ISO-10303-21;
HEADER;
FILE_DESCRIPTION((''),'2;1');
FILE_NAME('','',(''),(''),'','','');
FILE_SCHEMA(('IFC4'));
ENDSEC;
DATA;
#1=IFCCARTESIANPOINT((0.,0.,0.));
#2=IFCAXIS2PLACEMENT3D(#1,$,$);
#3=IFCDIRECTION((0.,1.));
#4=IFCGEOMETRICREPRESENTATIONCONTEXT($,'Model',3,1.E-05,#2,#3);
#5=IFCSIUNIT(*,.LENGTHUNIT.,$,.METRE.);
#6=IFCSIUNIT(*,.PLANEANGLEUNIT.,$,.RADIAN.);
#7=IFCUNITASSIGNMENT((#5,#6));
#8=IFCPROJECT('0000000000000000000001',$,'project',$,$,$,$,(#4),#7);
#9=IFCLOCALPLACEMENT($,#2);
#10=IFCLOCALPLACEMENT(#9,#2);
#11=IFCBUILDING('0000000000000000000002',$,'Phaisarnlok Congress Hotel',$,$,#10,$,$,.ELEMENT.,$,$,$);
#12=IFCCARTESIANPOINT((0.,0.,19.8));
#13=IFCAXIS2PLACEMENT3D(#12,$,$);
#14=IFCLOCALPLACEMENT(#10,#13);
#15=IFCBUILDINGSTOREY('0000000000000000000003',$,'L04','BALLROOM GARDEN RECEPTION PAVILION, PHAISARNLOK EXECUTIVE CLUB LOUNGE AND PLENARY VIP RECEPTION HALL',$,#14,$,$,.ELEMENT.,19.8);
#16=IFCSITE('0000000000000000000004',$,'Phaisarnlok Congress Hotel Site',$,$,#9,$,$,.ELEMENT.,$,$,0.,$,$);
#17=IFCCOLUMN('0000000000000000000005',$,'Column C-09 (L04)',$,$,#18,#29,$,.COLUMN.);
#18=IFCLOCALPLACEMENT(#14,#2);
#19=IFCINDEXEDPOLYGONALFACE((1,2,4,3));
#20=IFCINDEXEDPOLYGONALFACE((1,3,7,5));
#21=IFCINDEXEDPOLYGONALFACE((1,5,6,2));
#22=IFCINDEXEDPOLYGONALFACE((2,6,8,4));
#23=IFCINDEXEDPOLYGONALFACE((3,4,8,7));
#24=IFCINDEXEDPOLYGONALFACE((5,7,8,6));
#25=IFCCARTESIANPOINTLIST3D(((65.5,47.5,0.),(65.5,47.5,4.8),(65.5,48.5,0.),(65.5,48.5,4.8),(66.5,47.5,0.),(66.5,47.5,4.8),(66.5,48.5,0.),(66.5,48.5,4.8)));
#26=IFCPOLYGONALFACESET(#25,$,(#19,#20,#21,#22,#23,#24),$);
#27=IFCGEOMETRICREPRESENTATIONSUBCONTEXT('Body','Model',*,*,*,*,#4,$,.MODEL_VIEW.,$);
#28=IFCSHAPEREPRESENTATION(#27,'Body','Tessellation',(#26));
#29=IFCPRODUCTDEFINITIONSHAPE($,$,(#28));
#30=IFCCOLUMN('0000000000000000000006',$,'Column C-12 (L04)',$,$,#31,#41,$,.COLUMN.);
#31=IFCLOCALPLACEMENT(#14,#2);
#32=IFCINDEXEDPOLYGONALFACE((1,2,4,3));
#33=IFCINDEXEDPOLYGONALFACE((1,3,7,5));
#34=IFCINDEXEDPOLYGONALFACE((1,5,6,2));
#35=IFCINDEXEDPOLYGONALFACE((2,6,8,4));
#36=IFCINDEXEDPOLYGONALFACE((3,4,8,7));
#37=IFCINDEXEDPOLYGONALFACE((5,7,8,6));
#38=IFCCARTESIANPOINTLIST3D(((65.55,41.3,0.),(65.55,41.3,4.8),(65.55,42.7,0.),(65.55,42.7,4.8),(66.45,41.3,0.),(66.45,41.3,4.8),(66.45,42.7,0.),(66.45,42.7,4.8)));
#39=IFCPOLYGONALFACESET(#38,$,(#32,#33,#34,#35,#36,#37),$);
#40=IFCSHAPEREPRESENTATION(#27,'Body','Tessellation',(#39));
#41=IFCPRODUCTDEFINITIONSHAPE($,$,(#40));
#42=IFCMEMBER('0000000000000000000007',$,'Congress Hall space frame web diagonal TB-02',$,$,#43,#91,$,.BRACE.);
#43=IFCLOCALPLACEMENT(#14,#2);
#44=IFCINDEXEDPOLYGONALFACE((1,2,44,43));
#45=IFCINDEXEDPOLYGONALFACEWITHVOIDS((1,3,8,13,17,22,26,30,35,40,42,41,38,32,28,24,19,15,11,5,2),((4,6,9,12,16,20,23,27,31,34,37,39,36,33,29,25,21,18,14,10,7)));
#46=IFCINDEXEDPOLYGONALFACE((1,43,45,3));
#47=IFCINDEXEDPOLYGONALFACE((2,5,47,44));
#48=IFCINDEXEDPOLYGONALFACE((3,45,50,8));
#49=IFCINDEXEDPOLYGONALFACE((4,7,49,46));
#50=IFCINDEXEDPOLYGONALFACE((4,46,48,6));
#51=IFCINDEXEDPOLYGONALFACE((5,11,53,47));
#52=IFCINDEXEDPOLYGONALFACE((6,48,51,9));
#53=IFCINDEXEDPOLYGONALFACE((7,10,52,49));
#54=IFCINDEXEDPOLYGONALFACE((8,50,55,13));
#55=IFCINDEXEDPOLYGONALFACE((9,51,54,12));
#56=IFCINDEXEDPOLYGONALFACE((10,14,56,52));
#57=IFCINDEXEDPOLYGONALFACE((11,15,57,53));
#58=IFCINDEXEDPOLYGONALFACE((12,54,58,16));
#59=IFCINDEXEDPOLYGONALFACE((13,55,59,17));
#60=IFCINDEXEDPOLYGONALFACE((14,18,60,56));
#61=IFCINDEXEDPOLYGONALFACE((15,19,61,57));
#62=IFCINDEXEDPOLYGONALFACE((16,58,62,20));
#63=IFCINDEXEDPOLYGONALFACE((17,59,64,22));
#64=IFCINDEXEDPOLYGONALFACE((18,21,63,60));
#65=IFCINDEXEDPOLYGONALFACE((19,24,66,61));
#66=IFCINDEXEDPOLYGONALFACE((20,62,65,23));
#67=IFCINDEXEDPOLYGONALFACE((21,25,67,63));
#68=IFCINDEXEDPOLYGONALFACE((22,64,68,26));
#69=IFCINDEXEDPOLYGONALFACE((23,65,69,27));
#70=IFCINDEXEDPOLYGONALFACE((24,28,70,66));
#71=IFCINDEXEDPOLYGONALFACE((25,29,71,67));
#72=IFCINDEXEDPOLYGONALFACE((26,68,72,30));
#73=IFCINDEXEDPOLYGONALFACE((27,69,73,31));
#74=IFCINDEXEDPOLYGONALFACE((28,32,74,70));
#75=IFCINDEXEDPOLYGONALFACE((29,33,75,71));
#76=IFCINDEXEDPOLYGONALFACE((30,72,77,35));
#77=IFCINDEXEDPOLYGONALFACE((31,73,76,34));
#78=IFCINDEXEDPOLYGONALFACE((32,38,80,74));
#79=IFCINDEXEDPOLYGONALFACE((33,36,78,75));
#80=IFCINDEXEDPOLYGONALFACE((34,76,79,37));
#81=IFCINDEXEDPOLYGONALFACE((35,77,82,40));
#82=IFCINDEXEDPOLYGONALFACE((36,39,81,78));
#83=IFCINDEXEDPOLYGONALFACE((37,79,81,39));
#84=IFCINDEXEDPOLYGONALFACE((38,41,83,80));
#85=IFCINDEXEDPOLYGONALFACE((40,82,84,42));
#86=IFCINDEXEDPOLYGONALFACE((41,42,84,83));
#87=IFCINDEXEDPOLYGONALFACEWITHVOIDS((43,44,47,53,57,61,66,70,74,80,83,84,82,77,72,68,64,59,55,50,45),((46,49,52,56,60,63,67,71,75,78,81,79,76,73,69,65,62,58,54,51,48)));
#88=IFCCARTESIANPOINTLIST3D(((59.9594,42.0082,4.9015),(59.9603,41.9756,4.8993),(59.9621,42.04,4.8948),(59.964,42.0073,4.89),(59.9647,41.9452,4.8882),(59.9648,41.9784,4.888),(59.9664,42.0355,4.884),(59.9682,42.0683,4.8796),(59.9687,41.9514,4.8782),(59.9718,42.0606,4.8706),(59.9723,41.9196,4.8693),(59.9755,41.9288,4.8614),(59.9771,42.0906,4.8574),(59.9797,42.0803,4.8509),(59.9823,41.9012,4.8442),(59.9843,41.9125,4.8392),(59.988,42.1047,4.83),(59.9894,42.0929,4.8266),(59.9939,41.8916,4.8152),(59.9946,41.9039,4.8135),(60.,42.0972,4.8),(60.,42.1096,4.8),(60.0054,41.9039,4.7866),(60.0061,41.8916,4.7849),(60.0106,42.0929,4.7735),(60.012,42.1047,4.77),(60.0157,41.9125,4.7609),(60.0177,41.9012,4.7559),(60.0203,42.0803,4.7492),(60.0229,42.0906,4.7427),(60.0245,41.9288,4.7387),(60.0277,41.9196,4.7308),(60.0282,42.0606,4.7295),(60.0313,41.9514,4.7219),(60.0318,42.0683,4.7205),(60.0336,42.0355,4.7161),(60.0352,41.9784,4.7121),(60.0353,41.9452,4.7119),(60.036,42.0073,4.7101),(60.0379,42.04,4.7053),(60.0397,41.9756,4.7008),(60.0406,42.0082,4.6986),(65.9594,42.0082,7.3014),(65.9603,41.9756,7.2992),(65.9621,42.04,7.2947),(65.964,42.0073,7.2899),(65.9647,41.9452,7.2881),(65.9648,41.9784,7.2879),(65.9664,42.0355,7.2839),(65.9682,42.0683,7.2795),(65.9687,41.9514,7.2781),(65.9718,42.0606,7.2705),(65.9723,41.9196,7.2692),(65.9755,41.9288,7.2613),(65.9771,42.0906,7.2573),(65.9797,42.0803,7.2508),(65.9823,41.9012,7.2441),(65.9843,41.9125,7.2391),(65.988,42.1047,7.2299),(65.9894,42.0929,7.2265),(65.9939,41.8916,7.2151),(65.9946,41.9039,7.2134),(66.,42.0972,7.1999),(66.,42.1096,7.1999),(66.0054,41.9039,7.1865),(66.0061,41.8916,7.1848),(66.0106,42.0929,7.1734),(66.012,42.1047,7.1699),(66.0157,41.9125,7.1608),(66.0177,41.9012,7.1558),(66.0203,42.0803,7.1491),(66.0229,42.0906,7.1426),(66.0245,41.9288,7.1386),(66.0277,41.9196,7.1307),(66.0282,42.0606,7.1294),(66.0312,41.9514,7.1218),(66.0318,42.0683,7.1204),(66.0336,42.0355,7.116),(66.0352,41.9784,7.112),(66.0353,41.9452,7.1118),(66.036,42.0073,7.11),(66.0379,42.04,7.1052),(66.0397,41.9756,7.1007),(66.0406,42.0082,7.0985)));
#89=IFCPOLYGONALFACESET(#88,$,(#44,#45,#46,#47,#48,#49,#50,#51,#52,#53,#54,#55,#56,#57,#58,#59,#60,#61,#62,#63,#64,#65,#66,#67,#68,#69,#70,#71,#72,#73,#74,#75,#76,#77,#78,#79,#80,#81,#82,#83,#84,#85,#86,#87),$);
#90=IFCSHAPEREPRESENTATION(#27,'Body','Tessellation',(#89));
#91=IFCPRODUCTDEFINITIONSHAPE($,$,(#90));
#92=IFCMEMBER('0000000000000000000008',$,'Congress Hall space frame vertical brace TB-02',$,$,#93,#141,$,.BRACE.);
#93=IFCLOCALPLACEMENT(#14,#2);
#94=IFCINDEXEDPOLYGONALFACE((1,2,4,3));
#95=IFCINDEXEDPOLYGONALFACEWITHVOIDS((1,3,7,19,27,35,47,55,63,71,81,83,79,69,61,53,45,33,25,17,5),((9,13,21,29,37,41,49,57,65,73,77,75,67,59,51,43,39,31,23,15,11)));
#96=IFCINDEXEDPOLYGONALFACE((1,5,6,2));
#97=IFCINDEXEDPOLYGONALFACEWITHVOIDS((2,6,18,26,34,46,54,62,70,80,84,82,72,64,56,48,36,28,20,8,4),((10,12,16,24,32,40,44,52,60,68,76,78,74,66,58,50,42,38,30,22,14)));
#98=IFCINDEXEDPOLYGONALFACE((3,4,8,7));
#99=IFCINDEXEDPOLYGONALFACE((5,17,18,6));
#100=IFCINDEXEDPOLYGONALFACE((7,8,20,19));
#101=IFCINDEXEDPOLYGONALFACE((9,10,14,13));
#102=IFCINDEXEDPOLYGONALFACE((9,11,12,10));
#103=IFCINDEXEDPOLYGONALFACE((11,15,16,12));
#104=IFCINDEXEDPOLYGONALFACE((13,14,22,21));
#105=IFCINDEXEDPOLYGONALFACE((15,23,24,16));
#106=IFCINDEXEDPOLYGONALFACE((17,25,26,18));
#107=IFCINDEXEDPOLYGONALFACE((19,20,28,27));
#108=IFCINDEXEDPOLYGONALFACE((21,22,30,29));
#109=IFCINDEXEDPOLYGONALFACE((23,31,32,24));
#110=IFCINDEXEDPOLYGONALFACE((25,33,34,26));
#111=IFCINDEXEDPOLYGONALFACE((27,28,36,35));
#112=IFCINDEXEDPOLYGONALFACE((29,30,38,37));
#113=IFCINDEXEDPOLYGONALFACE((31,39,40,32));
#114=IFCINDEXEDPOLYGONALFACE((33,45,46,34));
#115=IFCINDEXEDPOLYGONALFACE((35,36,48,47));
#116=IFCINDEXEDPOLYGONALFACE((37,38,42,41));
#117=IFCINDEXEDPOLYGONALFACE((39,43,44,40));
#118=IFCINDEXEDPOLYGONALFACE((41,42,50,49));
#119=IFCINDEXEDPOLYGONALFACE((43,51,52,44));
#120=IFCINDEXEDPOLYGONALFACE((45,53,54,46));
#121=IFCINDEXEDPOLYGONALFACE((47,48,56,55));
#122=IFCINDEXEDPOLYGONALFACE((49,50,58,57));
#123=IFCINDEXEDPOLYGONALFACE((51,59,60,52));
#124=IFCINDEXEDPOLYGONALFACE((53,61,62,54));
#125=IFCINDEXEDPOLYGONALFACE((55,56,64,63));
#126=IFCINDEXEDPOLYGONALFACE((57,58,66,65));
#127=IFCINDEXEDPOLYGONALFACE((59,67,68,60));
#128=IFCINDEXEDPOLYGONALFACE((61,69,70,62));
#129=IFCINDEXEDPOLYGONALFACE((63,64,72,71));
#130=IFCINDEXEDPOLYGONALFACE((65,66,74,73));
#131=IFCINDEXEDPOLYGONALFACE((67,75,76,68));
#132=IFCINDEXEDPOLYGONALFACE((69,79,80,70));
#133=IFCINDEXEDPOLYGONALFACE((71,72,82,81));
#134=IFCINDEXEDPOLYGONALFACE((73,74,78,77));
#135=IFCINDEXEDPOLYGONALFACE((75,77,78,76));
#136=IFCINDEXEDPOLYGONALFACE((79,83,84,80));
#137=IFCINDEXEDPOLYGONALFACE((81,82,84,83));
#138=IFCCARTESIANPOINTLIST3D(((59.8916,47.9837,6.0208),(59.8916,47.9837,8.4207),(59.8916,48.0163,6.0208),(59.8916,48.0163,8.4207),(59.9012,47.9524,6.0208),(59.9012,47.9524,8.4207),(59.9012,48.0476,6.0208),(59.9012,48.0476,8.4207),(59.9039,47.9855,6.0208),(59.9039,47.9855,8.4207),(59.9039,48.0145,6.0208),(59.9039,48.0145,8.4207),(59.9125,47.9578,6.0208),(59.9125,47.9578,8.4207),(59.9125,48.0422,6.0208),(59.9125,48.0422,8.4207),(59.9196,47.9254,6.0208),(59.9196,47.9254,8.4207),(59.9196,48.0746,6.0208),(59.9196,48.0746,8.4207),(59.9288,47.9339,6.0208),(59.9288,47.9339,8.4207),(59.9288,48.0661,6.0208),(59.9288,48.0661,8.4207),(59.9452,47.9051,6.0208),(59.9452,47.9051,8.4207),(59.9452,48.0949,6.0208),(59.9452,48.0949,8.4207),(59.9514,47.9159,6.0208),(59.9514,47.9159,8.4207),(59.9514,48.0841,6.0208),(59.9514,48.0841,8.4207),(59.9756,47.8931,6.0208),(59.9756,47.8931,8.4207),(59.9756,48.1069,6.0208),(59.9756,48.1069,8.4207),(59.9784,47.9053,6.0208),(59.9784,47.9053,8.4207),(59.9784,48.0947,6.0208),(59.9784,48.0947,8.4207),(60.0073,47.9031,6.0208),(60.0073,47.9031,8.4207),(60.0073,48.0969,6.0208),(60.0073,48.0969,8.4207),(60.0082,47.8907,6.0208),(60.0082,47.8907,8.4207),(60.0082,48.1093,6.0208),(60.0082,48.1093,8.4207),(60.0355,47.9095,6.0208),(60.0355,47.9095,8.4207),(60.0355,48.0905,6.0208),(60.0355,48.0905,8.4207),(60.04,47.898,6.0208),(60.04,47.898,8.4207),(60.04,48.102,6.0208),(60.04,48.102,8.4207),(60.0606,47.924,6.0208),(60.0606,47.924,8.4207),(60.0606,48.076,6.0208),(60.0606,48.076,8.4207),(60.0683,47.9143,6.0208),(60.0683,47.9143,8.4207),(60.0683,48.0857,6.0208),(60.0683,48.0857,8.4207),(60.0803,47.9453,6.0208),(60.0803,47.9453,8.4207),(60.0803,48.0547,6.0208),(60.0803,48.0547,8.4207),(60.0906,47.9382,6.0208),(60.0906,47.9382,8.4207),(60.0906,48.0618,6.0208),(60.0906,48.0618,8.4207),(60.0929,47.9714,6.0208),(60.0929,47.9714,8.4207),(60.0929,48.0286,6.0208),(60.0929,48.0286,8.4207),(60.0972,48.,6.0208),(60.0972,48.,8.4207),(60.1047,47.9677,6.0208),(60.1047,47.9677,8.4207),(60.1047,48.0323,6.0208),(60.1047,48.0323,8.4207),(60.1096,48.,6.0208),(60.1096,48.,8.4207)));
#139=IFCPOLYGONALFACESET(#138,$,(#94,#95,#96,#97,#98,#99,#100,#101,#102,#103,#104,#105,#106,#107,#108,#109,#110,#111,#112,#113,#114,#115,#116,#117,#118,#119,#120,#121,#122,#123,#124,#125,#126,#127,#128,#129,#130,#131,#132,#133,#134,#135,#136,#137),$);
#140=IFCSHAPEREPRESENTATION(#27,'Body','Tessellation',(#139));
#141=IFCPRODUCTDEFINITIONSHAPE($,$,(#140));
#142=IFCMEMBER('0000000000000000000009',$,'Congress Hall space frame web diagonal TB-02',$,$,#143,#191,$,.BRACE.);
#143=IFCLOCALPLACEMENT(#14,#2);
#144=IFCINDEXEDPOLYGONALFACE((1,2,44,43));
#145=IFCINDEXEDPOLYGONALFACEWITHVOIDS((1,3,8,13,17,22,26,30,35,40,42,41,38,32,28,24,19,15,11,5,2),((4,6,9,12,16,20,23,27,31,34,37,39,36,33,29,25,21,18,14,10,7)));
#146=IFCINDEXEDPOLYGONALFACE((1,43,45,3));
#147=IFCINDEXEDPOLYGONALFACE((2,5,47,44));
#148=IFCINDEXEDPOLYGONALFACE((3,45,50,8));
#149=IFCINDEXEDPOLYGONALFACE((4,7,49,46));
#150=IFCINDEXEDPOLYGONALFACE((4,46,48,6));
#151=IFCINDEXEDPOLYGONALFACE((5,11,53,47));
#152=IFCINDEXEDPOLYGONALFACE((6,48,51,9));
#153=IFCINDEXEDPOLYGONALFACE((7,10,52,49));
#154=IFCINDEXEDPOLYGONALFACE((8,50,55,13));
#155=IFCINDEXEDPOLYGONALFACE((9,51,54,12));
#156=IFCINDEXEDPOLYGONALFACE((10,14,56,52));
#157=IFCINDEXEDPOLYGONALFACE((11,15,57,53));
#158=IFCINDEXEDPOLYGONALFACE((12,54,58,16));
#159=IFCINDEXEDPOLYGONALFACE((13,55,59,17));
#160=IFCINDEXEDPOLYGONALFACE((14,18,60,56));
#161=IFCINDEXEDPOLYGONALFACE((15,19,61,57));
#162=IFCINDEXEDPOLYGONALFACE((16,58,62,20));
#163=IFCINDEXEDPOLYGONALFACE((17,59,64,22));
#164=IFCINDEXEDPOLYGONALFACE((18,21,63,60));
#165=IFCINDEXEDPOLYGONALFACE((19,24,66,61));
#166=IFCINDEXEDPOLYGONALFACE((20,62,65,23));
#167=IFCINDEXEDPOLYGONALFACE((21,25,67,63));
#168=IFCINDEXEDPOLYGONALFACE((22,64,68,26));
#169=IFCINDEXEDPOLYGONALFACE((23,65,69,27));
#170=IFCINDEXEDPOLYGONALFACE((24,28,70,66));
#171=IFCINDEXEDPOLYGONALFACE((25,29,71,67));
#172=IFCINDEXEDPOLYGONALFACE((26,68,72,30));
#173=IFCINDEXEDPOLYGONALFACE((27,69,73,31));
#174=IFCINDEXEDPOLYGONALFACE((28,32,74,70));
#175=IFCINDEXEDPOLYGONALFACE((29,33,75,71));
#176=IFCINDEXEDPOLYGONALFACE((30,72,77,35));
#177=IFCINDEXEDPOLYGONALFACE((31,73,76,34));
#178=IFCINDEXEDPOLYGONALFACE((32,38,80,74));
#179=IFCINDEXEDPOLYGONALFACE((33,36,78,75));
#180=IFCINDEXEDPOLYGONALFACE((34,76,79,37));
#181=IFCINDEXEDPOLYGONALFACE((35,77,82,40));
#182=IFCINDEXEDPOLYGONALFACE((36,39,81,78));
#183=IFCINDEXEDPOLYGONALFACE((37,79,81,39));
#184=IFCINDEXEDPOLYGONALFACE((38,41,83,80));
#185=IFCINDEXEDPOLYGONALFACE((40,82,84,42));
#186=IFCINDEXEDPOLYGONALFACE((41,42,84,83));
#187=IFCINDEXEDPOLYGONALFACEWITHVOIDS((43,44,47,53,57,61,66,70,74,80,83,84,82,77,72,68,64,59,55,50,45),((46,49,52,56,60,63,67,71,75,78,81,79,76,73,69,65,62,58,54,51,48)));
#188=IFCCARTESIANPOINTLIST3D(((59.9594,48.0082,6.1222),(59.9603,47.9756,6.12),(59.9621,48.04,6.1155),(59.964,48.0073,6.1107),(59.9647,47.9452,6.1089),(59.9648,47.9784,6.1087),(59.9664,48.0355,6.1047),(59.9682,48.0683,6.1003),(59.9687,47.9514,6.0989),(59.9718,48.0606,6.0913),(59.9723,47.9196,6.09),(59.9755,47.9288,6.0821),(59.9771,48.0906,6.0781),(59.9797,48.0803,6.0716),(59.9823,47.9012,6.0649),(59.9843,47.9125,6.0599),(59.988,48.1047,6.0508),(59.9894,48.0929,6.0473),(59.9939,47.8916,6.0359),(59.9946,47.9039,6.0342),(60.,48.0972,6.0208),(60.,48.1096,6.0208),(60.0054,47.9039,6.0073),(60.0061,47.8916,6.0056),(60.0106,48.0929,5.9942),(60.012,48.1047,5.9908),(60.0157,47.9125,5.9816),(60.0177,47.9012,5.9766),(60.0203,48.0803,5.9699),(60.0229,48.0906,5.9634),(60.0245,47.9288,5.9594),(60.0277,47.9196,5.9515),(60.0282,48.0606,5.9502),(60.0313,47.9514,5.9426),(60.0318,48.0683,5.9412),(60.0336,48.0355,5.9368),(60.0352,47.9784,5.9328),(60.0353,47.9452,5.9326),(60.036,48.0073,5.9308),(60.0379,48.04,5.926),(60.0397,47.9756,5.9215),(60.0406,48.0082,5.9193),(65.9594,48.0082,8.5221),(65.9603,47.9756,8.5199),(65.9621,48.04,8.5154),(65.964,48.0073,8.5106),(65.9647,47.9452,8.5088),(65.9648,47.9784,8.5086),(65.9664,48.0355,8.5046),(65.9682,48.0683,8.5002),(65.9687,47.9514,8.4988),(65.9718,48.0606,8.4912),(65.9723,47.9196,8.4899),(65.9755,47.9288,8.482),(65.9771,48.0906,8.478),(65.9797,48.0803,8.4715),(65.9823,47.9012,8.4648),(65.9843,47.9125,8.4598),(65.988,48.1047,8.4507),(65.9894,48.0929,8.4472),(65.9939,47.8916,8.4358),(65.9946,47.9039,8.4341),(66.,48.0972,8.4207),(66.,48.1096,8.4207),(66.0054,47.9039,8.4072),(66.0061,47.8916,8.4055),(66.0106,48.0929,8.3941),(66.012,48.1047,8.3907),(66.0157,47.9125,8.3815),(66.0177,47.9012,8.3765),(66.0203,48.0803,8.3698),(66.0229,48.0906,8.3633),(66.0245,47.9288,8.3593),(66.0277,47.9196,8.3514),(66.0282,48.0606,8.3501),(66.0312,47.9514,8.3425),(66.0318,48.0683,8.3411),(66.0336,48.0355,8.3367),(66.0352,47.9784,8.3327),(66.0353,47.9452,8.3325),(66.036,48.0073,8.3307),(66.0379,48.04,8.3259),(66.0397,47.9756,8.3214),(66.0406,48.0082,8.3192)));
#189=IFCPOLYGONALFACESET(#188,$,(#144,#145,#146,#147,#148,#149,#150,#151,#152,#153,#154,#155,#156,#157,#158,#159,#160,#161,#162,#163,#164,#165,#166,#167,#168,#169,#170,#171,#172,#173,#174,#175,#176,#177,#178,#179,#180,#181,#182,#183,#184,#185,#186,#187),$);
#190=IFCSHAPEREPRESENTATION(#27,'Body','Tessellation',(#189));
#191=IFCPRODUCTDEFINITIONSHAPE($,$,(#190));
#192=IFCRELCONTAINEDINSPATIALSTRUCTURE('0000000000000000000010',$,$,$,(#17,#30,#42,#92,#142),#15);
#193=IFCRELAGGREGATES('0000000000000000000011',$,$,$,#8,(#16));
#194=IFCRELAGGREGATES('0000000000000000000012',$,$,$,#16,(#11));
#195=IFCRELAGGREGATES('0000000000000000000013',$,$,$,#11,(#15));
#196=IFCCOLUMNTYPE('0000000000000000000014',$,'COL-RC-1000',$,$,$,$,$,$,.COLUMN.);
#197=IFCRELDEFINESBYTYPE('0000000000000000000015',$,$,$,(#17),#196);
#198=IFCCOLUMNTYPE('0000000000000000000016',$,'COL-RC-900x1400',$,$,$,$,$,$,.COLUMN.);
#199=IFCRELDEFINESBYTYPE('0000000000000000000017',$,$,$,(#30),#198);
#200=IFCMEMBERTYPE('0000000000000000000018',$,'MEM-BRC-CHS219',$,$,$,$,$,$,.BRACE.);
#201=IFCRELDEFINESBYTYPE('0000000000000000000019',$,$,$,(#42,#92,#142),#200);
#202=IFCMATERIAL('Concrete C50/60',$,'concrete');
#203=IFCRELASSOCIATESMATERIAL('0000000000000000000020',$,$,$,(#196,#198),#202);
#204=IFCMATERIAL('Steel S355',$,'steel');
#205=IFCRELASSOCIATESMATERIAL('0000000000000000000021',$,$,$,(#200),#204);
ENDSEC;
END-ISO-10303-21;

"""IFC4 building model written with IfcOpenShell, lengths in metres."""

from ifc_helpers import new_model, si_unit, direction, frame, origin, origin_2d, place, context, subcontext, project, spatial, rectangle, hollow_circle, extrude, material, material_profile, profile_set, type_object, element, save


model = new_model("IFC4")

# Units and contexts
model_context = context("Model", 3, precision=1e-05, world=origin(), true_north=direction((0.0, 1.0)))
body_context = subcontext(model_context, "Body", "Model", "MODEL_VIEW")
ifc_project = project(units=[si_unit("LENGTHUNIT", "METRE"), si_unit("PLANEANGLEUNIT", "RADIAN")], contexts=[model_context])

# Site, building, storey
site_placement = place(None, origin())
site = spatial("IfcSite", under=ifc_project, at=site_placement, Name="Phaisarnlok Congress Hotel Site", CompositionType="ELEMENT", RefElevation=0.0)
building_placement = place(site_placement, origin())
building = spatial("IfcBuilding", under=site, at=building_placement, Name="Phaisarnlok Congress Hotel", CompositionType="ELEMENT")
storey_placement = place(building_placement, frame((0.0, 0.0, 19.8)))
storey = spatial("IfcBuildingStorey", under=building, at=storey_placement, Name="L04", Description="BALLROOM GARDEN RECEPTION PAVILION, PHAISARNLOK EXECUTIVE CLUB LOUNGE AND PLENARY VIP RECEPTION HALL", CompositionType="ELEMENT", Elevation=19.8)

# Columns
ifc_material_1 = material(Name="Concrete C50/60", Category="concrete")
ifc_material_profile_1 = material_profile(ifc_material_1, rectangle(XDim=1.0, YDim=1.0, at=origin_2d()), Name="RC 1000x1000")
ifc_profile_set_1 = profile_set([ifc_material_profile_1], Name="Concrete C50/60")
column_type_1 = type_object("IfcColumnType", Name="COL-RC-1000", PredefinedType="COLUMN", material=ifc_profile_set_1)
column_1_placement = place(storey_placement, frame((66.0, 48.0, 0.0), z_axis=(0.0, 0.0, 1.0), x_axis=(1.0, 0.0, 0.0)))
element("IfcColumn", 1, at=column_1_placement, inside=storey, type_object=column_type_1, Name="Column C-09 (L04)", PredefinedType="COLUMN", context=body_context, shape_type="SweptSolid", body=[
    extrude(rectangle(XDim=1.0, YDim=1.0, at=origin_2d()), origin(), (0.0, 0.0, 1.0), 4.8),
])
ifc_material_profile_2 = material_profile(ifc_material_1, rectangle(XDim=0.8999, YDim=1.3999, at=origin_2d()), Name="RC 900x1400")
ifc_profile_set_2 = profile_set([ifc_material_profile_2], Name="Concrete C50/60")
column_type_2 = type_object("IfcColumnType", Name="COL-RC-900x1400", PredefinedType="COLUMN", material=ifc_profile_set_2)
column_2_placement = place(storey_placement, frame((66.0, 42.0, 0.0), z_axis=(0.0, 0.0, 1.0), x_axis=(1.0, 0.0, 0.0)))
element("IfcColumn", 2, at=column_2_placement, inside=storey, type_object=column_type_2, Name="Column C-12 (L04)", PredefinedType="COLUMN", context=body_context, shape_type="SweptSolid", body=[
    extrude(rectangle(XDim=0.8999, YDim=1.3999, at=origin_2d()), origin(), (0.0, 0.0, 1.0), 4.8),
])

# Members
ifc_material_2 = material(Name="Steel S355", Category="steel")
ifc_material_profile_3 = material_profile(ifc_material_2, hollow_circle(Radius=0.1096, WallThickness=0.0125, at=origin_2d()), Name="CHS 219.1x12.5")
ifc_profile_set_3 = profile_set([ifc_material_profile_3], Name="Steel S355")
member_type_1 = type_object("IfcMemberType", Name="MEM-BRC-CHS219", PredefinedType="BRACE", material=ifc_profile_set_3)
member_1_placement = place(storey_placement, frame((60.0, 42.0, 4.8), z_axis=(0.928482, 0.0, 0.371378), x_axis=(0.0, 1.0, 0.0)))
element("IfcMember", 3, at=member_1_placement, inside=storey, type_object=member_type_1, Name="Congress Hall space frame web diagonal TB-02", PredefinedType="BRACE", context=body_context, shape_type="SweptSolid", body=[
    extrude(hollow_circle(Radius=0.1096, WallThickness=0.0125, at=origin_2d()), origin(), (0.0, 0.0, 1.0), 6.4622),
])
member_2_placement = place(storey_placement, frame((60.0, 48.0, 6.0208), z_axis=(0.0, 0.0, 1.0), x_axis=(1.0, 0.0, 0.0)))
element("IfcMember", 4, at=member_2_placement, inside=storey, type_object=member_type_1, Name="Congress Hall space frame vertical brace TB-02", PredefinedType="BRACE", context=body_context, shape_type="SweptSolid", body=[
    extrude(hollow_circle(Radius=0.1096, WallThickness=0.0125, at=origin_2d()), origin(), (0.0, 0.0, 1.0), 2.3999),
])
member_3_placement = place(storey_placement, frame((60.0, 48.0, 6.0208), z_axis=(0.928482, 0.0, 0.371378), x_axis=(0.0, 1.0, 0.0)))
element("IfcMember", 5, at=member_3_placement, inside=storey, type_object=member_type_1, Name="Congress Hall space frame web diagonal TB-02", PredefinedType="BRACE", context=body_context, shape_type="SweptSolid", body=[
    extrude(hollow_circle(Radius=0.1096, WallThickness=0.0125, at=origin_2d()), origin(), (0.0, 0.0, 1.0), 6.4622),
])

save(model, "model.ifc")
